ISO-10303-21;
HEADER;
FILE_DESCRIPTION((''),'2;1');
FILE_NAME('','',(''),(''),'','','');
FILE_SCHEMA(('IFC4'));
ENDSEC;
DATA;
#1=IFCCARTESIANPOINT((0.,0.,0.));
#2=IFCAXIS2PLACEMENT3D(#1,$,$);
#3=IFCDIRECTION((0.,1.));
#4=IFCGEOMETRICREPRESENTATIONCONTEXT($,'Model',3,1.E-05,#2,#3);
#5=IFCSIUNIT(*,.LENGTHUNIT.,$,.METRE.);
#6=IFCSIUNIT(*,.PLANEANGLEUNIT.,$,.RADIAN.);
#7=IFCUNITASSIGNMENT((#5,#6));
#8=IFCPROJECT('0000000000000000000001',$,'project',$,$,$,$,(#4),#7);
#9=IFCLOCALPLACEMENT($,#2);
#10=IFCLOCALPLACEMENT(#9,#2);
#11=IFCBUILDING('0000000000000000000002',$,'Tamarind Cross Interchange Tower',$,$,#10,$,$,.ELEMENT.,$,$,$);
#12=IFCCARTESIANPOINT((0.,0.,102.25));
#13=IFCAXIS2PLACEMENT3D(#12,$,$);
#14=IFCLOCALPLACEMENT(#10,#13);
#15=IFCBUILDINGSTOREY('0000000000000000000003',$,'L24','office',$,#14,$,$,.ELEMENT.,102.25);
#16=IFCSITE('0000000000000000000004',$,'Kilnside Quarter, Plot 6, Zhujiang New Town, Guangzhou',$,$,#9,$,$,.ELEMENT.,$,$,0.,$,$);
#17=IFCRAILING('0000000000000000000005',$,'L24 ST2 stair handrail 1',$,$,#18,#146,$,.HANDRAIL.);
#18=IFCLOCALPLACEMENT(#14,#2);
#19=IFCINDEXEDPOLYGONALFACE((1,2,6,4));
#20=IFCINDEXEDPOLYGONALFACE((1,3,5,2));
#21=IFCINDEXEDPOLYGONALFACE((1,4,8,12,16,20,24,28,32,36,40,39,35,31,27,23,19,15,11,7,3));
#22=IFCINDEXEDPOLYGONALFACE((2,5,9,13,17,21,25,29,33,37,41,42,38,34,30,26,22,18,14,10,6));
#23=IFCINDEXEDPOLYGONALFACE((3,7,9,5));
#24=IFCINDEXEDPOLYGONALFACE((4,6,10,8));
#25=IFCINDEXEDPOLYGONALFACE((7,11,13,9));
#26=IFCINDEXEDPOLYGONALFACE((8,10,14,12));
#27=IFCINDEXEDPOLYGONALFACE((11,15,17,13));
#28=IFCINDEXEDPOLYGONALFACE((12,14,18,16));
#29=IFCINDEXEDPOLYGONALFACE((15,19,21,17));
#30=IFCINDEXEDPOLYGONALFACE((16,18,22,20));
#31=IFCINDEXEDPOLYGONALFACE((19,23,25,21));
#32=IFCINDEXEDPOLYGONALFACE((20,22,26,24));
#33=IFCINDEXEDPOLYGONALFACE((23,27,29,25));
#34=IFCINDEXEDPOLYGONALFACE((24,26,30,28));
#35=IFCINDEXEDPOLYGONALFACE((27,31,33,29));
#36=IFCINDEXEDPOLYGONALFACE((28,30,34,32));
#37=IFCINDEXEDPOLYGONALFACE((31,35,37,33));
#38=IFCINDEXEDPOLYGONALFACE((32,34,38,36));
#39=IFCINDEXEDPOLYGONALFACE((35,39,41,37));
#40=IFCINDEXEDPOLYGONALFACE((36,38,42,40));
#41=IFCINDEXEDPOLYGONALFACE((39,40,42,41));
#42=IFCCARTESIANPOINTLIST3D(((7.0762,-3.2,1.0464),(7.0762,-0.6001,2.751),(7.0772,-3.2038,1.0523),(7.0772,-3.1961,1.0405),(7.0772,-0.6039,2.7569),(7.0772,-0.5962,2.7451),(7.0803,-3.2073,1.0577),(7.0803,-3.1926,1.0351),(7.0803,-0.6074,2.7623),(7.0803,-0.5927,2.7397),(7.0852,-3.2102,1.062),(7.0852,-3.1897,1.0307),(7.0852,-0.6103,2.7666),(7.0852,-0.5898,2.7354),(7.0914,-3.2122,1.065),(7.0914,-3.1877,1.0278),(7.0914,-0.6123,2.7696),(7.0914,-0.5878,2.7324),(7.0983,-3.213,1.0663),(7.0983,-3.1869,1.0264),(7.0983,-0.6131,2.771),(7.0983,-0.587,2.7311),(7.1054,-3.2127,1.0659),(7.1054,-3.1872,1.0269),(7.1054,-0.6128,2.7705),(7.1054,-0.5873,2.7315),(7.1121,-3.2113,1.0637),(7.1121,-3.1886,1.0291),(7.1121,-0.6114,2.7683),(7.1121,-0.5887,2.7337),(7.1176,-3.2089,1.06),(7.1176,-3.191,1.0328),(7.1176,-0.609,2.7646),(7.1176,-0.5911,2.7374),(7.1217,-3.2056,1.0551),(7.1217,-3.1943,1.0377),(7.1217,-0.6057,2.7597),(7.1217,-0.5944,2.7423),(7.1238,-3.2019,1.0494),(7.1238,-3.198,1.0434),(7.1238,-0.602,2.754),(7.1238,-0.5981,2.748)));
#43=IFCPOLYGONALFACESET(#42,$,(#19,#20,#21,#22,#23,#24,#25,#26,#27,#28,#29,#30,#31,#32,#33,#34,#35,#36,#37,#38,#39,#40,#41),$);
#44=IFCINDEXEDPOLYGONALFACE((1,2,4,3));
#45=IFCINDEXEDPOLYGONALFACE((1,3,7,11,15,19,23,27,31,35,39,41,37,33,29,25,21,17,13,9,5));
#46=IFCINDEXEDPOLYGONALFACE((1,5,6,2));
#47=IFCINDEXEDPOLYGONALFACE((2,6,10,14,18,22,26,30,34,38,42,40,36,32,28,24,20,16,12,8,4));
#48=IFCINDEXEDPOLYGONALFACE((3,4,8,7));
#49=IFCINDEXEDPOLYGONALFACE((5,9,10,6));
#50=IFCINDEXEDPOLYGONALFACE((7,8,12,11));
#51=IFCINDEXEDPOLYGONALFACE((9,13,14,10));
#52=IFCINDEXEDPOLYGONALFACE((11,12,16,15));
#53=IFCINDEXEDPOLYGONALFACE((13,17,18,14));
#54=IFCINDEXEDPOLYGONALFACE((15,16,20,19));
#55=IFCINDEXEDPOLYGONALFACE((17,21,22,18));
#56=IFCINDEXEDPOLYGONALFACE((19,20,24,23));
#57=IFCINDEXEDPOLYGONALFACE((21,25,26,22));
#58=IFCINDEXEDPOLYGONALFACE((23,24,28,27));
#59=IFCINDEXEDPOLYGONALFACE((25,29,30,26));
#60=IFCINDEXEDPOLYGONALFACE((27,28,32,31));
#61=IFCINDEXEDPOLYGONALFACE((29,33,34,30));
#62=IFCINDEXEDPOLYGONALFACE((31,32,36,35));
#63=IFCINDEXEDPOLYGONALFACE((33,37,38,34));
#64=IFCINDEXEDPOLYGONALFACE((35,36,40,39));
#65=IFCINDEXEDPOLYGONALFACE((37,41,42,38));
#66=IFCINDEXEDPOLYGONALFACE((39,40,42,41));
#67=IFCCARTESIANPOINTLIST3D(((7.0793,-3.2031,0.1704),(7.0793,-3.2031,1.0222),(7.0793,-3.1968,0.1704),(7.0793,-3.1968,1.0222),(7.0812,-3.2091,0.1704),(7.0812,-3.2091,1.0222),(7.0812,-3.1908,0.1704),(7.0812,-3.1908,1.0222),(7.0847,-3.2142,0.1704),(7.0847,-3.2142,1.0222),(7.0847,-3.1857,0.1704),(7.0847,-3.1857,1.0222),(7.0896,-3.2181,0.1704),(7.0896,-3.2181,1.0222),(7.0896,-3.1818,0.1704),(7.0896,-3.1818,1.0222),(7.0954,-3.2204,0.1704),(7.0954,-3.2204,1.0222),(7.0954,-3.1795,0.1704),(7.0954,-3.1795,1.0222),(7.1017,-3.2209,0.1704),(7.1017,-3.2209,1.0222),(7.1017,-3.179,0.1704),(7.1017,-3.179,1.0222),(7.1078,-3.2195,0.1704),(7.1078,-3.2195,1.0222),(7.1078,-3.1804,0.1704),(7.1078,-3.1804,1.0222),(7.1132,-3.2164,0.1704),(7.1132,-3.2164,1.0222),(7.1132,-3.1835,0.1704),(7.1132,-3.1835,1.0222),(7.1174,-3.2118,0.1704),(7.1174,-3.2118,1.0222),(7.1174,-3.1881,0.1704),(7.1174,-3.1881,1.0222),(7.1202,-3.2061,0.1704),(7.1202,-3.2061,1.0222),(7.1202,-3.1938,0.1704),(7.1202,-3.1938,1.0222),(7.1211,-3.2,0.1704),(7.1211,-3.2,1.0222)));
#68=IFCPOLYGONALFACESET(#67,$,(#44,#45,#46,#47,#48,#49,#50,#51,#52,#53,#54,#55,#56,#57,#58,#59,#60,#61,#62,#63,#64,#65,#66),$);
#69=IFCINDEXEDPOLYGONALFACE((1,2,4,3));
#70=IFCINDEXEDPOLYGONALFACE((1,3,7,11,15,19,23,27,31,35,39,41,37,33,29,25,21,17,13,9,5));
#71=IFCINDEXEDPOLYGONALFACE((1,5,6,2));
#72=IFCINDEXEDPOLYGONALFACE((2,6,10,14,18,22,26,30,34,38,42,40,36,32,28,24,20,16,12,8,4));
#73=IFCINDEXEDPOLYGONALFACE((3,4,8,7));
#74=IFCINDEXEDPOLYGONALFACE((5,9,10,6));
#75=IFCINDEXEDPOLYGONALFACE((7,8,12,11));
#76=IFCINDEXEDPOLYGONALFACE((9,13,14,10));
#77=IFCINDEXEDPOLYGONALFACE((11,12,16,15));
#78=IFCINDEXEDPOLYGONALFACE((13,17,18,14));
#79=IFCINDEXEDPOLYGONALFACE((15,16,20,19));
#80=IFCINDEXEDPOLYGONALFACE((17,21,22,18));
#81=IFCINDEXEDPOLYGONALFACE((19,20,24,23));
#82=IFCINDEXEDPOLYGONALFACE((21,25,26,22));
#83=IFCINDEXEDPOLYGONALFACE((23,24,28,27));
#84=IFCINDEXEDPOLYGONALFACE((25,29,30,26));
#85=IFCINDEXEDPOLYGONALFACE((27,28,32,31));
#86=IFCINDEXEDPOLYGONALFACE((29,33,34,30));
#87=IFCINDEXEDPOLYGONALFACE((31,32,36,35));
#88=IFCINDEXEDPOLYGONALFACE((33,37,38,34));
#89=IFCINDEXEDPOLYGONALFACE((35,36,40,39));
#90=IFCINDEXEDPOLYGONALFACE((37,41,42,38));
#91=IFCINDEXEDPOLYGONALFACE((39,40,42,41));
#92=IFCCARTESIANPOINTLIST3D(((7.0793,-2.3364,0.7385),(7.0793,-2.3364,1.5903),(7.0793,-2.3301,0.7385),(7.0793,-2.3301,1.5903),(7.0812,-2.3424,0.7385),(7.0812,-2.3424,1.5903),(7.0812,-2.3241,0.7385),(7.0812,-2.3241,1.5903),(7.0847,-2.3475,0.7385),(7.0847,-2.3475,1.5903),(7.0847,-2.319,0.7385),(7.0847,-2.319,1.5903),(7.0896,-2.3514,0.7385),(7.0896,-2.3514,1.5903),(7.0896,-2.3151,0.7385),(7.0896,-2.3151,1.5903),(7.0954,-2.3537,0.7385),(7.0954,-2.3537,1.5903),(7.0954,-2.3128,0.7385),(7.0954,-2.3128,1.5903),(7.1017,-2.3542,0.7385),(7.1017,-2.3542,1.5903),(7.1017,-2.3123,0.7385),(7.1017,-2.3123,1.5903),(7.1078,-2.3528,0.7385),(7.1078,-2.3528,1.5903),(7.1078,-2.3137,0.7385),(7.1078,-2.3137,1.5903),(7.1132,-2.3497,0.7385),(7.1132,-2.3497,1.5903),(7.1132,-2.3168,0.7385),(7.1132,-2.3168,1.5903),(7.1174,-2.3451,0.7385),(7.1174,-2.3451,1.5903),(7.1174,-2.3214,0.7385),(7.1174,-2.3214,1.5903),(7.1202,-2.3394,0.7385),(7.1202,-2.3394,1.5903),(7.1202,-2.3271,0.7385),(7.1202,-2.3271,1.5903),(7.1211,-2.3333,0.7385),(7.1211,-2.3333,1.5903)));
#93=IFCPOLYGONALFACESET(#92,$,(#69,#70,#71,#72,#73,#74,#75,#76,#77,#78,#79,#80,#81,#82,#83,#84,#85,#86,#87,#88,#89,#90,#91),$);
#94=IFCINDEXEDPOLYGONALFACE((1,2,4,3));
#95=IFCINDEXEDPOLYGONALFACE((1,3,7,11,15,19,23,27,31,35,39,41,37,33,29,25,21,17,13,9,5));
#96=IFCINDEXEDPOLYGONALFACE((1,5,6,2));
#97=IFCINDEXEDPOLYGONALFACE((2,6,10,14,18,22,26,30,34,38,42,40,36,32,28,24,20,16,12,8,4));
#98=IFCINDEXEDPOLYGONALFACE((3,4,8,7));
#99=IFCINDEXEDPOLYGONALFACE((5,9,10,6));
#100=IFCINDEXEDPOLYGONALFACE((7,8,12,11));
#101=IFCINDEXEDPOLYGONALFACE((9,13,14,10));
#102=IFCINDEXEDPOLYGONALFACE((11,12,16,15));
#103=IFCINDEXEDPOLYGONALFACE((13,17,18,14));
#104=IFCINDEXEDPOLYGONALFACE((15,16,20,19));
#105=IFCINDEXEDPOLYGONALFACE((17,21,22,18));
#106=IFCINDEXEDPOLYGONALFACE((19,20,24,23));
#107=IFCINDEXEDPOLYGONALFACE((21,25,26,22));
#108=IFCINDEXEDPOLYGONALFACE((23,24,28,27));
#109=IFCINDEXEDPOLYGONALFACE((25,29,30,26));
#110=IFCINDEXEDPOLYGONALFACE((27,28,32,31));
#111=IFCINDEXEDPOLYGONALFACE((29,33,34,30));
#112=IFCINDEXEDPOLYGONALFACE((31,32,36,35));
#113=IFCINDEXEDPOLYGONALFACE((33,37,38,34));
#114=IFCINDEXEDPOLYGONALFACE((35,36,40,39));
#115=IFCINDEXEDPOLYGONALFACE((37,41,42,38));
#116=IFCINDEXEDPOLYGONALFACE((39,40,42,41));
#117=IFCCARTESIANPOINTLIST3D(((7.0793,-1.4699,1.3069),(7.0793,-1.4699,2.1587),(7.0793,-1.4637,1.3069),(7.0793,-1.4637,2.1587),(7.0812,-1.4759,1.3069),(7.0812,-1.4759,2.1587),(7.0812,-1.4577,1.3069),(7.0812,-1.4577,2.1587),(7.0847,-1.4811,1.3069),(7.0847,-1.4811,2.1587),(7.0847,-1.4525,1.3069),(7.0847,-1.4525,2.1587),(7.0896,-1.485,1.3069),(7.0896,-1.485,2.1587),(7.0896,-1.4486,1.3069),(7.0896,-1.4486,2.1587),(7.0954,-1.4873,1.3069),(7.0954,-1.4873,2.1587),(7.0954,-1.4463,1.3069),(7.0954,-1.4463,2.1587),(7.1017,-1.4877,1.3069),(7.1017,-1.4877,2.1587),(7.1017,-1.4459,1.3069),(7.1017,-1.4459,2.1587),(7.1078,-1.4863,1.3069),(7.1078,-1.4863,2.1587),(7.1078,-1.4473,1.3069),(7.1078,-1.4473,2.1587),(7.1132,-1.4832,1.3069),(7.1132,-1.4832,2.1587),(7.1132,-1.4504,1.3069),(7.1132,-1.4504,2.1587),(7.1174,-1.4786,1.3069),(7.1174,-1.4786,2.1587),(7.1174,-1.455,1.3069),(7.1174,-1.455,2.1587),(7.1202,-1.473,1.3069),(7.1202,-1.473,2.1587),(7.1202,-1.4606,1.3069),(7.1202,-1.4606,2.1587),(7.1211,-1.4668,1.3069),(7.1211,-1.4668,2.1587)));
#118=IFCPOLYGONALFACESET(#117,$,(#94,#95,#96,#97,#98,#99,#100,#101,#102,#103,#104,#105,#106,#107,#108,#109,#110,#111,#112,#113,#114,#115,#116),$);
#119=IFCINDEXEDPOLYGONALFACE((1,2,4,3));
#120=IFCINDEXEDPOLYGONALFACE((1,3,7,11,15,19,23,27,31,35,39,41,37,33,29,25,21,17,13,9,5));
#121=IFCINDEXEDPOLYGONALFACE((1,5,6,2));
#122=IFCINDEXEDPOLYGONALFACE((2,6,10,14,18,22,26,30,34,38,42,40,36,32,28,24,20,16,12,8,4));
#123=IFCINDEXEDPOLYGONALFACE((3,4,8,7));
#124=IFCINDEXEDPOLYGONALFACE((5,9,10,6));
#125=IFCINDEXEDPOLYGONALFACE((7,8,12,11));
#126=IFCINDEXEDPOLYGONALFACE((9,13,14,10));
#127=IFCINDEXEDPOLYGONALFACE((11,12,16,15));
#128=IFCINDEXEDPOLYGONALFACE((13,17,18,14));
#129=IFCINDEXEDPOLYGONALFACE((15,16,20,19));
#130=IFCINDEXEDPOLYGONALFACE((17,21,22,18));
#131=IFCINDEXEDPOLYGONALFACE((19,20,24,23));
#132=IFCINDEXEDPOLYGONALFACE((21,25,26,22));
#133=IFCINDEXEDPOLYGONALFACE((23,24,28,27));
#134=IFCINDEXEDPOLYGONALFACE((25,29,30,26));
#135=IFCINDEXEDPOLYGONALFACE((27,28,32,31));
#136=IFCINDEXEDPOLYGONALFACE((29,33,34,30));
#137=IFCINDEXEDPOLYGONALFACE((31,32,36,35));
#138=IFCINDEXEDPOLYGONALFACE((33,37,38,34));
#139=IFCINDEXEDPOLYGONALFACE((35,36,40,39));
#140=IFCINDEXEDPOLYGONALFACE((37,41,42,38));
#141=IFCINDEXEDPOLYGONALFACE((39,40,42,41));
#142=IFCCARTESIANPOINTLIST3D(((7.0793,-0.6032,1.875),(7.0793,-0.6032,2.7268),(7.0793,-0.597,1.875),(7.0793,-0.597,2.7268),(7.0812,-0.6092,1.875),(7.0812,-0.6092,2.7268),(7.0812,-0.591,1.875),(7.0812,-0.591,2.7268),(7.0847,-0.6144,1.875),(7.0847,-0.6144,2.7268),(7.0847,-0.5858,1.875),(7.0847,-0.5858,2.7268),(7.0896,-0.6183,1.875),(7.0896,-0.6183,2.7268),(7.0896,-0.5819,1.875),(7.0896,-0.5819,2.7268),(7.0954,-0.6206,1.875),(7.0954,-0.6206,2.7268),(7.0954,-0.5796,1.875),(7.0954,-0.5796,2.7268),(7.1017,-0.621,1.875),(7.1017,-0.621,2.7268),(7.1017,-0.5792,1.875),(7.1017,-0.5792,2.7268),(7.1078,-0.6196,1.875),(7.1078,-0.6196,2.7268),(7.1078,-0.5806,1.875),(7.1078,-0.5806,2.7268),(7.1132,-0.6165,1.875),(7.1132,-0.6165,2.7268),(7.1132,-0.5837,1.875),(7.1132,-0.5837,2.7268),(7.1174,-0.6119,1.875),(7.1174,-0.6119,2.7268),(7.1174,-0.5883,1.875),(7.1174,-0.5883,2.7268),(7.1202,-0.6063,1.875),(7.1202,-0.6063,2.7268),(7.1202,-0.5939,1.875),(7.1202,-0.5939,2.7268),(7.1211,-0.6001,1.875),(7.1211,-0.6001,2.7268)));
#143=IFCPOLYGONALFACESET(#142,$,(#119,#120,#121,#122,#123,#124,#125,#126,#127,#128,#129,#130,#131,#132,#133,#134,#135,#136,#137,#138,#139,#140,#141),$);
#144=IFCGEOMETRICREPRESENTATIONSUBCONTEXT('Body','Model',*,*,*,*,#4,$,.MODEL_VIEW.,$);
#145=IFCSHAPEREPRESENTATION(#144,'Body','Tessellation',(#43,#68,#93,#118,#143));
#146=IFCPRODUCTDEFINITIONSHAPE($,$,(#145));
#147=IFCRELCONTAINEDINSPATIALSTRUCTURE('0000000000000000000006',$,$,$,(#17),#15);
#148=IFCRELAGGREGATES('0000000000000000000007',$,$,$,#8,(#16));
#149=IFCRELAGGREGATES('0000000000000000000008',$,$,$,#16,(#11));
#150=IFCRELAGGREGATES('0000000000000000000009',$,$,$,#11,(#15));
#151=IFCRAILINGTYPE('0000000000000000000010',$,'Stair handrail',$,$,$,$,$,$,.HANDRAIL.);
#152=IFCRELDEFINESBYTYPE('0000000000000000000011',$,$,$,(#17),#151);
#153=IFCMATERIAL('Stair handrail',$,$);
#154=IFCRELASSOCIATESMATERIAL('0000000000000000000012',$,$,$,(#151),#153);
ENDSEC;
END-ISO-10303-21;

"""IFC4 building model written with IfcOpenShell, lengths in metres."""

from ifc_helpers import new_model, si_unit, direction, frame, origin, origin_2d, place, context, subcontext, project, spatial, circle, extrude, material, type_object, element, save


model = new_model("IFC4")

# Units and contexts
model_context = context("Model", 3, precision=1e-05, world=origin(), true_north=direction((0.0, 1.0)))
body_context = subcontext(model_context, "Body", "Model", "MODEL_VIEW")
ifc_project = project(units=[si_unit("LENGTHUNIT", "METRE"), si_unit("PLANEANGLEUNIT", "RADIAN")], contexts=[model_context])

# Site, building, storey
site_placement = place(None, origin())
site = spatial("IfcSite", under=ifc_project, at=site_placement, Name="Kilnside Quarter, Plot 6, Zhujiang New Town, Guangzhou", CompositionType="ELEMENT", RefElevation=0.0)
building_placement = place(site_placement, origin())
building = spatial("IfcBuilding", under=site, at=building_placement, Name="Tamarind Cross Interchange Tower", CompositionType="ELEMENT")
storey_placement = place(building_placement, frame((0.0, 0.0, 102.25)))
storey = spatial("IfcBuildingStorey", under=building, at=storey_placement, Name="L24", Description="office", CompositionType="ELEMENT", Elevation=102.25)

# Railing
ifc_material_1 = material(Name="Stair handrail")
railing_type_1 = type_object("IfcRailingType", Name="Stair handrail", PredefinedType="HANDRAIL", material=ifc_material_1)
railing_1_placement = place(storey_placement, frame((7.1001, -3.2, 0.1704)))
element("IfcRailing", 1, at=railing_1_placement, inside=storey, type_object=railing_type_1, Name="L24 ST2 stair handrail 1", PredefinedType="HANDRAIL", context=body_context, shape_type="SweptSolid", body=[
    extrude(circle(Radius=0.0239, at=origin_2d()), frame((0.0, 0.0, 0.876), z_axis=(0.0, 0.836279, 0.548305), x_axis=(-1.0, 0.0, 0.0)), (0.0, 0.0, 1.0), 3.1089),
    extrude(circle(Radius=0.021, at=origin_2d()), origin(), (0.0, 0.0, 1.0), 0.8518),
    extrude(circle(Radius=0.021, at=origin_2d()), frame((0.0, 0.8667, 0.5681)), (0.0, 0.0, 1.0), 0.8518),
    extrude(circle(Radius=0.021, at=origin_2d()), frame((0.0, 1.7332, 1.1365)), (0.0, 0.0, 1.0), 0.8518),
    extrude(circle(Radius=0.021, at=origin_2d()), frame((0.0, 2.5999, 1.7046)), (0.0, 0.0, 1.0), 0.8518),
])

save(model, "model.ifc")
